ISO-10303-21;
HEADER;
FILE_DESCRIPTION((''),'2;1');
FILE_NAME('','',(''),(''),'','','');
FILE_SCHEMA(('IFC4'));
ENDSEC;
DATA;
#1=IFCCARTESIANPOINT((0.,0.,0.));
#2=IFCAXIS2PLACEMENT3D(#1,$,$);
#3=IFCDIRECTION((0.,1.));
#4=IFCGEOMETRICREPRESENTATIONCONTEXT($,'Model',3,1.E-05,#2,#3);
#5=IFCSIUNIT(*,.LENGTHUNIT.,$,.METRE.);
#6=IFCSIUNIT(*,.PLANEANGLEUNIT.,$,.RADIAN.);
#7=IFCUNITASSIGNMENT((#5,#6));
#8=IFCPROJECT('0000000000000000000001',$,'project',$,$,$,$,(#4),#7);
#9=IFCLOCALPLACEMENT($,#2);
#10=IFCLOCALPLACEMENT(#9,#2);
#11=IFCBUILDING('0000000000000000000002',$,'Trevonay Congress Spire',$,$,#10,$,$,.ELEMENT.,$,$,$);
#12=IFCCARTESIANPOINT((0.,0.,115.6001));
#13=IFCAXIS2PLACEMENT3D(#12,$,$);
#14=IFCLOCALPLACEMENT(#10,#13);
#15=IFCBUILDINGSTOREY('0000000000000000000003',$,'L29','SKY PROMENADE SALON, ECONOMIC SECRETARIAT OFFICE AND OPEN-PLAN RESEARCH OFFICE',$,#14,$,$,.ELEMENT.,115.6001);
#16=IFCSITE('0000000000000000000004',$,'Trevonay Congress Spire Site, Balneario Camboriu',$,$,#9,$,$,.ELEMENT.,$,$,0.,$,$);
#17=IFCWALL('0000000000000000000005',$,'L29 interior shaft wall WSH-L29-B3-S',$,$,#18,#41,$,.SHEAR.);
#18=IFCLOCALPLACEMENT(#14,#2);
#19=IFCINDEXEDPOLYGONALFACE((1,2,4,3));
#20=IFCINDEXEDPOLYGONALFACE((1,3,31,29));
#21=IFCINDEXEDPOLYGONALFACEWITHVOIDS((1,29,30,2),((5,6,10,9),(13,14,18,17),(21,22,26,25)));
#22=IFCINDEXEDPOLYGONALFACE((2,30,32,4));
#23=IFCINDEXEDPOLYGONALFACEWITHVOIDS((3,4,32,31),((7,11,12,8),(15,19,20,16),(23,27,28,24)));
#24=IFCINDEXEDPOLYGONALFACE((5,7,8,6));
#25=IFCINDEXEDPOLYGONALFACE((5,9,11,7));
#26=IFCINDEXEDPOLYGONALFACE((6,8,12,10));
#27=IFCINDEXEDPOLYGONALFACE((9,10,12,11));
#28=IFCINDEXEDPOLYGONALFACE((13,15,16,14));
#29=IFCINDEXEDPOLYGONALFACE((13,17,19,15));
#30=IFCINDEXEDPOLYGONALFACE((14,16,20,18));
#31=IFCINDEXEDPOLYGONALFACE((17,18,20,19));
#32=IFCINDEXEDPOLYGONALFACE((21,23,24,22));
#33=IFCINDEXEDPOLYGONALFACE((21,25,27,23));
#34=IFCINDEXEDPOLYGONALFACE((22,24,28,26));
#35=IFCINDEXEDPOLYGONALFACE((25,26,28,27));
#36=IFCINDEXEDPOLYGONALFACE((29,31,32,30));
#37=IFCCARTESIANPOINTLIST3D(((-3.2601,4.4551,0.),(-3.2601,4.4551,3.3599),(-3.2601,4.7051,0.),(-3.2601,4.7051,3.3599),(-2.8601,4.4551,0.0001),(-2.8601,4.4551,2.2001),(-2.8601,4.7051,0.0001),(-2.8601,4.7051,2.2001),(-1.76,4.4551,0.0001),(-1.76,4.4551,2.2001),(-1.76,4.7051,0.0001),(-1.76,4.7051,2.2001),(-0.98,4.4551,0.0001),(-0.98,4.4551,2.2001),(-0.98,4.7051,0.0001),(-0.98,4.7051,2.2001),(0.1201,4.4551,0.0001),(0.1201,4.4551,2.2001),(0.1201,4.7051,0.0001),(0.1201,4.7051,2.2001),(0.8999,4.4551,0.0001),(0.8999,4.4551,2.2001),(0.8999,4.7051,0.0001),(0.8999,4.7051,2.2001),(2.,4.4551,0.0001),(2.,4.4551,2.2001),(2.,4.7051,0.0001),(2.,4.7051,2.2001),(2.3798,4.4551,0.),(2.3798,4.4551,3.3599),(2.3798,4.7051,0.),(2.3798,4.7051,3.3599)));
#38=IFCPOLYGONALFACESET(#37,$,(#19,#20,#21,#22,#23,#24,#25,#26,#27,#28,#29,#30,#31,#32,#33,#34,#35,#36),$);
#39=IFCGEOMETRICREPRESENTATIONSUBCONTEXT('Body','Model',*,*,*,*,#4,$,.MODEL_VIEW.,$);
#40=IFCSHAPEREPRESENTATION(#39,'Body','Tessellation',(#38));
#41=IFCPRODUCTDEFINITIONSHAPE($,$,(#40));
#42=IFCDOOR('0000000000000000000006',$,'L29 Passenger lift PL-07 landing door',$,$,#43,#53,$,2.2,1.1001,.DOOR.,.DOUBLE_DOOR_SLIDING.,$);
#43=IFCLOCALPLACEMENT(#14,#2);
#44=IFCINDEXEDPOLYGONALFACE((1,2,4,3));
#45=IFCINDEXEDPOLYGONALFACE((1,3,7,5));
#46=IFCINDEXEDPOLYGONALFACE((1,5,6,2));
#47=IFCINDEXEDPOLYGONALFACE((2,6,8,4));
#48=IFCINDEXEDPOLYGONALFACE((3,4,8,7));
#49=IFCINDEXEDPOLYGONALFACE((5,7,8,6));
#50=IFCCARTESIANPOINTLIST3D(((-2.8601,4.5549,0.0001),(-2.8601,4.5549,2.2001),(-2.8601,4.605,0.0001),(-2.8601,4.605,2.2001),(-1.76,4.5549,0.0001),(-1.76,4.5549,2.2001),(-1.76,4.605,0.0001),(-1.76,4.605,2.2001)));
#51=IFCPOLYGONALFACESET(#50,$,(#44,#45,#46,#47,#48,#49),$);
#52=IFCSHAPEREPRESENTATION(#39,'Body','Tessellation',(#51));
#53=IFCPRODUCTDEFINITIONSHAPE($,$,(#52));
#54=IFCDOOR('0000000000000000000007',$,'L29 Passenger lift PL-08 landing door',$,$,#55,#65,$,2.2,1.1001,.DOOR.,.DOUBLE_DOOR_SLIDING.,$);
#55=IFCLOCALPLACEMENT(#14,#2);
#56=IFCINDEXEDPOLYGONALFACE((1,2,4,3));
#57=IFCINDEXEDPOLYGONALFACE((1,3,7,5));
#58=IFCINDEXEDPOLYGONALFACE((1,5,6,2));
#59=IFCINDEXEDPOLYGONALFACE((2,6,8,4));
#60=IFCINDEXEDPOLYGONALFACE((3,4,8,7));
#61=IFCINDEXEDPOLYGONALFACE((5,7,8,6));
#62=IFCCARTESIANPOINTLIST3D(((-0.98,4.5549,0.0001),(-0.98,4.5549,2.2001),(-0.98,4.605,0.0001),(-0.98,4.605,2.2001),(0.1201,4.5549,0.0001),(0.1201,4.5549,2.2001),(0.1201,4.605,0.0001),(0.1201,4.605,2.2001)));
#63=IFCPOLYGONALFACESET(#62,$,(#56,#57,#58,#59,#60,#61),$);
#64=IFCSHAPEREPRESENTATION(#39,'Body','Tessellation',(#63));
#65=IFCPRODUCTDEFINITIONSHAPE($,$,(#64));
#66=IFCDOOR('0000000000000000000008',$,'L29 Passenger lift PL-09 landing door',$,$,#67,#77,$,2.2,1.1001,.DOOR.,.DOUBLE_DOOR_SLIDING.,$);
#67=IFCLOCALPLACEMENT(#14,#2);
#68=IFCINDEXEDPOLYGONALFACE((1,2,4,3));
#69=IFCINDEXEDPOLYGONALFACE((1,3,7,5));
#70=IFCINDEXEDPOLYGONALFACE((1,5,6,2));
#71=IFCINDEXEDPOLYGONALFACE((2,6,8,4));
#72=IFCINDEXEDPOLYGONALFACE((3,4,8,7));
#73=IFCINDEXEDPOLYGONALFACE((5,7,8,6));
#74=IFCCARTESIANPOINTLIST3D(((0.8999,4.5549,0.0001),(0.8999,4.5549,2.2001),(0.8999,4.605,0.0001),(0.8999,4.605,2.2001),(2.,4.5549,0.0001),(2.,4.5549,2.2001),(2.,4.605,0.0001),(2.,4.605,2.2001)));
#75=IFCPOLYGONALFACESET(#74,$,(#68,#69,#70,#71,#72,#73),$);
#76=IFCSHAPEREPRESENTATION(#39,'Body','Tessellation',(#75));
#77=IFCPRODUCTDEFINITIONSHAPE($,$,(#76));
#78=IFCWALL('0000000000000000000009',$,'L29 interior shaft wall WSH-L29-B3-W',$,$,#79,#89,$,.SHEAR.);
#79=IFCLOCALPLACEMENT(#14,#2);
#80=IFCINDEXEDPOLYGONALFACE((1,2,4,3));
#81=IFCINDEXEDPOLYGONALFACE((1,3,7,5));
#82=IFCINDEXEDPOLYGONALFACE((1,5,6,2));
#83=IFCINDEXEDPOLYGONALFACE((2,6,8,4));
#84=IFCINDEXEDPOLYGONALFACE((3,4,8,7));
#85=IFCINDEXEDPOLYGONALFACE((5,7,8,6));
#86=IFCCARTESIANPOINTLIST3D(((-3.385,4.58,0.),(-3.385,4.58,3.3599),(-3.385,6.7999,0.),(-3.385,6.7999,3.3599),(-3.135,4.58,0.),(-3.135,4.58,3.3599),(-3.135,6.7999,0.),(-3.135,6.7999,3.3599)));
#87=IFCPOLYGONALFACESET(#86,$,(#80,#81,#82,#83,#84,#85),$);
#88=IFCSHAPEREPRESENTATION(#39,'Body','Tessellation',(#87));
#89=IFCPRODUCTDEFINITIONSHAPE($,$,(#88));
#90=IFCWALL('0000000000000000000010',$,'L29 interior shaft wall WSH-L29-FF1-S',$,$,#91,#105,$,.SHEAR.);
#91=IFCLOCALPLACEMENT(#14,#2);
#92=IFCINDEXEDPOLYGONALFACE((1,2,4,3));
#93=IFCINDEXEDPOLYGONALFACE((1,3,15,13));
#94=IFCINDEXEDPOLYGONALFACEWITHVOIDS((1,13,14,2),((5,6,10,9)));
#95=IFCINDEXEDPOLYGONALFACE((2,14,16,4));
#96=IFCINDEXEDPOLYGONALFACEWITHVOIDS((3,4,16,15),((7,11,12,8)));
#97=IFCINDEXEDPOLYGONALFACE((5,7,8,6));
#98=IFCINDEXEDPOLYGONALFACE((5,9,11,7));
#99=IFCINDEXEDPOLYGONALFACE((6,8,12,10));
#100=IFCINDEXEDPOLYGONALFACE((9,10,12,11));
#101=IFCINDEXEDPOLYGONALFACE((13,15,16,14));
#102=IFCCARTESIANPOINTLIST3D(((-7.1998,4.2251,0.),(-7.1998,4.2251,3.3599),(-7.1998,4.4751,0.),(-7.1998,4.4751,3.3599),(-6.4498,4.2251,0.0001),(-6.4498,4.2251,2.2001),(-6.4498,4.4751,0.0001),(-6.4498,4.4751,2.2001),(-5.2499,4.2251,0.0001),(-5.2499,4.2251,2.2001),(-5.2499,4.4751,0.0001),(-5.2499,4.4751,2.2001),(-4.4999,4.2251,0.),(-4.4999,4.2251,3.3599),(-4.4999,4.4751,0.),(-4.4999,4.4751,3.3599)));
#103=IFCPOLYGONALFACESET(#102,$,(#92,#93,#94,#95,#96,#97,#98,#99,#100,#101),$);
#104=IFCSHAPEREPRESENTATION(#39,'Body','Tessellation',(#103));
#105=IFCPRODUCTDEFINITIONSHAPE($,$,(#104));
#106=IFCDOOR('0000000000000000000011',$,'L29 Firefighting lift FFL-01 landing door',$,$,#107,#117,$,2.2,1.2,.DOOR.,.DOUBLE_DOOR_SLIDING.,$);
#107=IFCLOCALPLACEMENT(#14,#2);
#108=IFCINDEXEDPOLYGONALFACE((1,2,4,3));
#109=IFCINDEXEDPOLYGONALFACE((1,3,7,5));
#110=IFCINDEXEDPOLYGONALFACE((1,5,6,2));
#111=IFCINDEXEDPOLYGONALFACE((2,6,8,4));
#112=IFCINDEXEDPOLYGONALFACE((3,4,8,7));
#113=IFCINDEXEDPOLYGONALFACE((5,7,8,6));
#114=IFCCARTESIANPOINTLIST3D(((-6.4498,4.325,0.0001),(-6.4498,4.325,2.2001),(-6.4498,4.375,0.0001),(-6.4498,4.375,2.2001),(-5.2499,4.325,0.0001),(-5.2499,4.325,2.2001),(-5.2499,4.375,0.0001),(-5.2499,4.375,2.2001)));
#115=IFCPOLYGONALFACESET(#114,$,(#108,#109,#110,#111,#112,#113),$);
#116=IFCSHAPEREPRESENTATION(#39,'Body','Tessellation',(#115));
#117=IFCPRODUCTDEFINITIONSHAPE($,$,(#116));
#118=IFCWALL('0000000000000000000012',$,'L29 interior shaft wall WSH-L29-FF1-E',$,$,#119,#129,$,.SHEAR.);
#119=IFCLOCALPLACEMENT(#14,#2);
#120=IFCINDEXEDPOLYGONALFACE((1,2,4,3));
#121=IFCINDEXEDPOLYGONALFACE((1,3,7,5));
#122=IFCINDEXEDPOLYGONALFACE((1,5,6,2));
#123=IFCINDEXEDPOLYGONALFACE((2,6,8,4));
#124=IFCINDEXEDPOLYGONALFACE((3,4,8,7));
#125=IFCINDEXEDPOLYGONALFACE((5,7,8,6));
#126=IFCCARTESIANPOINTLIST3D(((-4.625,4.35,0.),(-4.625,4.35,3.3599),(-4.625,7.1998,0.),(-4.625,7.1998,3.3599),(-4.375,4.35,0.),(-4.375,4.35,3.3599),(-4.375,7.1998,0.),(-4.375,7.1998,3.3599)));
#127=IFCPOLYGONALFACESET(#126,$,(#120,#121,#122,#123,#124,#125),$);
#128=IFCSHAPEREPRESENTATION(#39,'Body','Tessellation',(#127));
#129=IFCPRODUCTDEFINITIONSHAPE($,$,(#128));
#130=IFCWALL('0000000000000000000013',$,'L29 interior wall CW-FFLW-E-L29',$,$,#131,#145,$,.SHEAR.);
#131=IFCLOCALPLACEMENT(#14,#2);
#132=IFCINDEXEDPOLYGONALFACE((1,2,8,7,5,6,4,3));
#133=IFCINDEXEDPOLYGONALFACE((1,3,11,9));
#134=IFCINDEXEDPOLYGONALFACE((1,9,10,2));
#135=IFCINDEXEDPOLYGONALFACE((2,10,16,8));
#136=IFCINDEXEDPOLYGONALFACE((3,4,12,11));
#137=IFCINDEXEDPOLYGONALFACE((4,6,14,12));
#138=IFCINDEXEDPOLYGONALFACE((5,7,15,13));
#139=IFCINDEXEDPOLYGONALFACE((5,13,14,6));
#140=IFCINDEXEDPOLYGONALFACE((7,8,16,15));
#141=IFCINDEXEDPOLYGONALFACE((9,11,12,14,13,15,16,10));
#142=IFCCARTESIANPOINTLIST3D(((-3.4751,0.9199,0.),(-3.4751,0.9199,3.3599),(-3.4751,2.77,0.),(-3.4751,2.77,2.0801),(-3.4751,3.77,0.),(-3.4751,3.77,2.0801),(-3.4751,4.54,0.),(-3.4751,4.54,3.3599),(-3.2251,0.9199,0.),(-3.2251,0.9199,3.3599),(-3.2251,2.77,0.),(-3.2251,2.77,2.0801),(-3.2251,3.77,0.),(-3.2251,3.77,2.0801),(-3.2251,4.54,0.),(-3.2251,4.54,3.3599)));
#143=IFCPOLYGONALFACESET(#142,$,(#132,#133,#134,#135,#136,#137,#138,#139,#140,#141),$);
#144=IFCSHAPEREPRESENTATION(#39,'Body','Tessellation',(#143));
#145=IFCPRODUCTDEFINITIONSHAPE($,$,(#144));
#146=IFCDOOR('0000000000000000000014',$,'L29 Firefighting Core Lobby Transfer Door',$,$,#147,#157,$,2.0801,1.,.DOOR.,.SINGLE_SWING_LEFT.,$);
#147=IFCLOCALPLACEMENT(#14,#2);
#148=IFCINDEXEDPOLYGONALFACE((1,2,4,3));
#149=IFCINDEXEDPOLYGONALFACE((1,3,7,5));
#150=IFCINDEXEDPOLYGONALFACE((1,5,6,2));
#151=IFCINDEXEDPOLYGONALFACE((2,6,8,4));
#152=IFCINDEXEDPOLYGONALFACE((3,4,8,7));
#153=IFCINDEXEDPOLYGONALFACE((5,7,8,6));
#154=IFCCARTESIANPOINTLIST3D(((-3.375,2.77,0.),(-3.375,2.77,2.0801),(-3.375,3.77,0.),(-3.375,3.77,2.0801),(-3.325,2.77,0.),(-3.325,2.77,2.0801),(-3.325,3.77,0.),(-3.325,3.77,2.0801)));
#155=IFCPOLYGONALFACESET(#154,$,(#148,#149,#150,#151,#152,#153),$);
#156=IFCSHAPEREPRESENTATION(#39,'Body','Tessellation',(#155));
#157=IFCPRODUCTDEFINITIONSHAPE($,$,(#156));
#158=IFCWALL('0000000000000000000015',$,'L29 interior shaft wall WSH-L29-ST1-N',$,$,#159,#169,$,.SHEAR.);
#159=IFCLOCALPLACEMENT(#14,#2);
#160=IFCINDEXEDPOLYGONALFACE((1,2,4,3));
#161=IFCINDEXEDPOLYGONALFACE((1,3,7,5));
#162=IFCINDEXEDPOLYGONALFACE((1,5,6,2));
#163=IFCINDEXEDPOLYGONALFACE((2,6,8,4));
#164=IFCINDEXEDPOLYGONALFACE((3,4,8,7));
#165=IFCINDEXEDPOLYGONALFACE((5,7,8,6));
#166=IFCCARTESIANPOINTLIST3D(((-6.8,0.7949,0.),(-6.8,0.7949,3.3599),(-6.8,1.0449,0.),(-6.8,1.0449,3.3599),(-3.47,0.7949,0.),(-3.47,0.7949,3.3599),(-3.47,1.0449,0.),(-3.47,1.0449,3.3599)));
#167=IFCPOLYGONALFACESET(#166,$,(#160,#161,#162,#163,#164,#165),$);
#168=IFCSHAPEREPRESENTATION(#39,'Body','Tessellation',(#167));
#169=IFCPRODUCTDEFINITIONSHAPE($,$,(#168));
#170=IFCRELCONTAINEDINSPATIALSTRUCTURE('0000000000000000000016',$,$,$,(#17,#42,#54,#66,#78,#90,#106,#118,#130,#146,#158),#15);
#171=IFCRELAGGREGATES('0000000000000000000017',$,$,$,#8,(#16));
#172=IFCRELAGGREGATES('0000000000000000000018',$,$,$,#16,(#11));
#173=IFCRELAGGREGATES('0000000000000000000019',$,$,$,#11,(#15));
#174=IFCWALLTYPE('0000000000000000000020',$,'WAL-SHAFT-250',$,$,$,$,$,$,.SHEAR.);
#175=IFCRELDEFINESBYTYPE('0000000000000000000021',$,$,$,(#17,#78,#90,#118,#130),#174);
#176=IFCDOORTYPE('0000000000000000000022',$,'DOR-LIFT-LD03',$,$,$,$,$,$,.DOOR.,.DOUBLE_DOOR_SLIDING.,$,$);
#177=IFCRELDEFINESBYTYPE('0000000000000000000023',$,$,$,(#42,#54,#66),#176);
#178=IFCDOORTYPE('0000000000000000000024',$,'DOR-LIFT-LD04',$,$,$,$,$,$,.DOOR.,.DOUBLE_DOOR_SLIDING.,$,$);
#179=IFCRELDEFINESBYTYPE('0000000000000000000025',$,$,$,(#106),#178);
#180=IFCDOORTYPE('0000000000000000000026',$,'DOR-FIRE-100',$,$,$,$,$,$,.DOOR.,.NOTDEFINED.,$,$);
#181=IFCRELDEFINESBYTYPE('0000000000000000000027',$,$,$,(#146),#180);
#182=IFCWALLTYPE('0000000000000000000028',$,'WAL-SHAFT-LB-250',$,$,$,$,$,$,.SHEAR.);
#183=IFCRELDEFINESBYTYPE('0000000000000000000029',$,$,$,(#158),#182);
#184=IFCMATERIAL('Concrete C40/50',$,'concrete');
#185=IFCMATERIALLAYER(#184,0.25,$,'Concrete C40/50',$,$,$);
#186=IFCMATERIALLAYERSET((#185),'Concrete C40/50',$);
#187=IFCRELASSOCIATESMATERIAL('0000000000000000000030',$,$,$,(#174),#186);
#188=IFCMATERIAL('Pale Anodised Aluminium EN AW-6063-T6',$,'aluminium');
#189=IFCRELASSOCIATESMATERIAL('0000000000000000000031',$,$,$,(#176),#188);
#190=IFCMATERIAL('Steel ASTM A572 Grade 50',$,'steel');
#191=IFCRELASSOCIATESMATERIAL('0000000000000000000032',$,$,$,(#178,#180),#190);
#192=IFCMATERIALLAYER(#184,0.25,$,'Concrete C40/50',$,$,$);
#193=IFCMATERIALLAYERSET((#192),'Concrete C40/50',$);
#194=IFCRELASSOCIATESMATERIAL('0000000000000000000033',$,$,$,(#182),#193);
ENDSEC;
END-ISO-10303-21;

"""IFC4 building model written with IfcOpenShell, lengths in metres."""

from ifc_helpers import new_model, si_unit, direction, frame, frame_2d, origin, place, context, subcontext, project, spatial, rectangle, extrude, material, layer, layer_set, type_object, element, fill, save


model = new_model("IFC4")

# Units and contexts
model_context = context("Model", 3, precision=1e-05, world=origin(), true_north=direction((0.0, 1.0)))
body_context = subcontext(model_context, "Body", "Model", "MODEL_VIEW")
ifc_project = project(units=[si_unit("LENGTHUNIT", "METRE"), si_unit("PLANEANGLEUNIT", "RADIAN")], contexts=[model_context])

# Site, building, storey
site_placement = place(None, origin())
site = spatial("IfcSite", under=ifc_project, at=site_placement, Name="Trevonay Congress Spire Site, Balneario Camboriu", CompositionType="ELEMENT", RefElevation=0.0)
building_placement = place(site_placement, origin())
building = spatial("IfcBuilding", under=site, at=building_placement, Name="Trevonay Congress Spire", CompositionType="ELEMENT")
storey_placement = place(building_placement, frame((0.0, 0.0, 115.6001)))
storey = spatial("IfcBuildingStorey", under=building, at=storey_placement, Name="L29", Description="SKY PROMENADE SALON, ECONOMIC SECRETARIAT OFFICE AND OPEN-PLAN RESEARCH OFFICE", CompositionType="ELEMENT", Elevation=115.6001)

# Shared definitions
ifc_material_1 = material(Name="Steel ASTM A572 Grade 50", Category="steel")

# Shared definitions
ifc_material_2 = material(Name="Concrete C40/50", Category="concrete")

# Wall, openings, doors
ifc_layer_1 = layer(ifc_material_2, 0.25, Name="Concrete C40/50")
ifc_layer_set_1 = layer_set([ifc_layer_1], Name="Concrete C40/50")
wall_type_1 = type_object("IfcWallType", Name="WAL-SHAFT-250", PredefinedType="SHEAR", material=ifc_layer_set_1)
ifc_material_3 = material(Name="Pale Anodised Aluminium EN AW-6063-T6", Category="aluminium")
wall_1_placement = place(storey_placement, frame((-3.26, 4.5801, 0.0), z_axis=(0.0, 0.0, 1.0), x_axis=(1.0, 0.0, 0.0)))
wall_1 = element("IfcWall", 1, at=wall_1_placement, inside=storey, type_object=wall_type_1, Name="L29 interior shaft wall WSH-L29-B3-S", PredefinedType="SHEAR", context=body_context, shape_type="SweptSolid", body=[
    extrude(rectangle(XDim=5.6399, YDim=0.25, at=frame_2d((2.8198, 0.0))), origin(), (0.0, 0.0, 1.0), 3.3599),
])
opening_1_placement = place(wall_1_placement, frame((0.3999, 0.0, 0.0)))
opening_1 = element("IfcOpeningElement", 2, at=opening_1_placement, cuts=wall_1, PredefinedType="OPENING", context=body_context, shape_type="SweptSolid", body=[
    extrude(rectangle(XDim=1.1001, YDim=2.2, at=frame_2d((0.55, 1.1001))), frame((0.0, 0.135, 0.0), z_axis=(0.0, -1.0, 0.0), x_axis=(1.0, 0.0, 0.0)), (0.0, 0.0, 1.0), 0.27),
])
opening_2_placement = place(wall_1_placement, frame((2.28, 0.0, 0.0)))
opening_2 = element("IfcOpeningElement", 3, at=opening_2_placement, cuts=wall_1, PredefinedType="OPENING", context=body_context, shape_type="SweptSolid", body=[
    extrude(rectangle(XDim=1.1001, YDim=2.2, at=frame_2d((0.55, 1.1001))), frame((0.0, 0.135, 0.0), z_axis=(0.0, -1.0, 0.0), x_axis=(1.0, 0.0, 0.0)), (0.0, 0.0, 1.0), 0.27),
])
opening_3_placement = place(wall_1_placement, frame((4.1599, 0.0, 0.0)))
opening_3 = element("IfcOpeningElement", 4, at=opening_3_placement, cuts=wall_1, PredefinedType="OPENING", context=body_context, shape_type="SweptSolid", body=[
    extrude(rectangle(XDim=1.1001, YDim=2.2, at=frame_2d((0.55, 1.1001))), frame((0.0, 0.135, 0.0), z_axis=(0.0, -1.0, 0.0), x_axis=(1.0, 0.0, 0.0)), (0.0, 0.0, 1.0), 0.27),
])
door_type_1 = type_object("IfcDoorType", Name="DOR-LIFT-LD03", OperationType="DOUBLE_DOOR_SLIDING", PredefinedType="DOOR", material=ifc_material_3)
door_1_placement = place(opening_1_placement, origin())
door_1 = element("IfcDoor", 5, at=door_1_placement, inside=storey, type_object=door_type_1, Name="L29 Passenger lift PL-07 landing door", OperationType="DOUBLE_DOOR_SLIDING", OverallHeight=2.2, OverallWidth=1.1001, PredefinedType="DOOR", context=body_context, shape_type="SweptSolid", body=[
    extrude(rectangle(XDim=1.1001, YDim=2.2, at=frame_2d((0.55, 1.1001))), frame((0.0, 0.0249, 0.0), z_axis=(0.0, -1.0, 0.0), x_axis=(1.0, 0.0, 0.0)), (0.0, 0.0, 1.0), 0.05),
])
fill(opening_1, door_1)
door_2_placement = place(opening_2_placement, origin())
door_2 = element("IfcDoor", 6, at=door_2_placement, inside=storey, type_object=door_type_1, Name="L29 Passenger lift PL-08 landing door", OperationType="DOUBLE_DOOR_SLIDING", OverallHeight=2.2, OverallWidth=1.1001, PredefinedType="DOOR", context=body_context, shape_type="SweptSolid", body=[
    extrude(rectangle(XDim=1.1001, YDim=2.2, at=frame_2d((0.55, 1.1001))), frame((0.0, 0.0249, 0.0), z_axis=(0.0, -1.0, 0.0), x_axis=(1.0, 0.0, 0.0)), (0.0, 0.0, 1.0), 0.05),
])
fill(opening_2, door_2)
door_3_placement = place(opening_3_placement, origin())
door_3 = element("IfcDoor", 7, at=door_3_placement, inside=storey, type_object=door_type_1, Name="L29 Passenger lift PL-09 landing door", OperationType="DOUBLE_DOOR_SLIDING", OverallHeight=2.2, OverallWidth=1.1001, PredefinedType="DOOR", context=body_context, shape_type="SweptSolid", body=[
    extrude(rectangle(XDim=1.1001, YDim=2.2, at=frame_2d((0.55, 1.1001))), frame((0.0, 0.0249, 0.0), z_axis=(0.0, -1.0, 0.0), x_axis=(1.0, 0.0, 0.0)), (0.0, 0.0, 1.0), 0.05),
])
fill(opening_3, door_3)

# Wall
wall_2_placement = place(storey_placement, frame((-3.26, 4.5801, 0.0), z_axis=(0.0, 0.0, 1.0), x_axis=(0.0, 1.0, 0.0)))
element("IfcWall", 8, at=wall_2_placement, inside=storey, type_object=wall_type_1, Name="L29 interior shaft wall WSH-L29-B3-W", PredefinedType="SHEAR", context=body_context, shape_type="SweptSolid", body=[
    extrude(rectangle(XDim=2.22, YDim=0.25, at=frame_2d((1.1099, 0.0))), origin(), (0.0, 0.0, 1.0), 3.3599),
])

# Wall, opening, door
wall_3_placement = place(storey_placement, frame((-7.2, 4.3501, 0.0), z_axis=(0.0, 0.0, 1.0), x_axis=(1.0, 0.0, 0.0)))
wall_3 = element("IfcWall", 9, at=wall_3_placement, inside=storey, type_object=wall_type_1, Name="L29 interior shaft wall WSH-L29-FF1-S", PredefinedType="SHEAR", context=body_context, shape_type="SweptSolid", body=[
    extrude(rectangle(XDim=2.7, YDim=0.25, at=frame_2d((1.3501, 0.0))), origin(), (0.0, 0.0, 1.0), 3.3599),
])
opening_4_placement = place(wall_3_placement, frame((0.75, 0.0, 0.0)))
opening_4 = element("IfcOpeningElement", 10, at=opening_4_placement, cuts=wall_3, PredefinedType="OPENING", context=body_context, shape_type="SweptSolid", body=[
    extrude(rectangle(XDim=1.2, YDim=2.2, at=frame_2d((0.6001, 1.1001))), frame((0.0, 0.135, 0.0), z_axis=(0.0, -1.0, 0.0), x_axis=(1.0, 0.0, 0.0)), (0.0, 0.0, 1.0), 0.27),
])
door_type_2 = type_object("IfcDoorType", Name="DOR-LIFT-LD04", OperationType="DOUBLE_DOOR_SLIDING", PredefinedType="DOOR", material=ifc_material_1)
door_4_placement = place(opening_4_placement, origin())
door_4 = element("IfcDoor", 11, at=door_4_placement, inside=storey, type_object=door_type_2, Name="L29 Firefighting lift FFL-01 landing door", OperationType="DOUBLE_DOOR_SLIDING", OverallHeight=2.2, OverallWidth=1.2, PredefinedType="DOOR", context=body_context, shape_type="SweptSolid", body=[
    extrude(rectangle(XDim=1.2, YDim=2.2, at=frame_2d((0.6001, 1.1001))), frame((0.0, 0.0249, 0.0), z_axis=(0.0, -1.0, 0.0), x_axis=(1.0, 0.0, 0.0)), (0.0, 0.0, 1.0), 0.05),
])
fill(opening_4, door_4)

# Wall
wall_4_placement = place(storey_placement, frame((-4.5, 4.3501, 0.0), z_axis=(0.0, 0.0, 1.0), x_axis=(0.0, 1.0, 0.0)))
element("IfcWall", 12, at=wall_4_placement, inside=storey, type_object=wall_type_1, Name="L29 interior shaft wall WSH-L29-FF1-E", PredefinedType="SHEAR", context=body_context, shape_type="SweptSolid", body=[
    extrude(rectangle(XDim=2.8499, YDim=0.25, at=frame_2d((1.4248, 0.0))), origin(), (0.0, 0.0, 1.0), 3.3599),
])

# Wall, opening, door
wall_5_placement = place(storey_placement, frame((-3.3501, 0.9199, 0.0), z_axis=(0.0, 0.0, 1.0), x_axis=(0.0, 1.0, 0.0)))
wall_5 = element("IfcWall", 13, at=wall_5_placement, inside=storey, type_object=wall_type_1, Name="L29 interior wall CW-FFLW-E-L29", PredefinedType="SHEAR", context=body_context, shape_type="SweptSolid", body=[
    extrude(rectangle(XDim=3.6201, YDim=0.25, at=frame_2d((1.8101, 0.0))), origin(), (0.0, 0.0, 1.0), 3.3599),
])
opening_5_placement = place(wall_5_placement, frame((1.8501, 0.0, 0.0)))
opening_5 = element("IfcOpeningElement", 14, at=opening_5_placement, cuts=wall_5, PredefinedType="OPENING", context=body_context, shape_type="SweptSolid", body=[
    extrude(rectangle(XDim=1.0, YDim=2.0801, at=frame_2d((0.5, 1.04))), frame((0.0, 0.135, 0.0), z_axis=(0.0, -1.0, 0.0), x_axis=(1.0, 0.0, 0.0)), (0.0, 0.0, 1.0), 0.27),
])
door_type_3 = type_object("IfcDoorType", Name="DOR-FIRE-100", OperationType="NOTDEFINED", PredefinedType="DOOR", material=ifc_material_1)
door_5_placement = place(opening_5_placement, origin())
door_5 = element("IfcDoor", 15, at=door_5_placement, inside=storey, type_object=door_type_3, Name="L29 Firefighting Core Lobby Transfer Door", OperationType="SINGLE_SWING_LEFT", OverallHeight=2.0801, OverallWidth=1.0, PredefinedType="DOOR", context=body_context, shape_type="SweptSolid", body=[
    extrude(rectangle(XDim=1.0, YDim=2.0801, at=frame_2d((0.5, 1.04))), frame((0.0, 0.0249, 0.0), z_axis=(0.0, -1.0, 0.0), x_axis=(1.0, 0.0, 0.0)), (0.0, 0.0, 1.0), 0.05),
])
fill(opening_5, door_5)

# Wall
ifc_layer_2 = layer(ifc_material_2, 0.25, Name="Concrete C40/50")
ifc_layer_set_2 = layer_set([ifc_layer_2], Name="Concrete C40/50")
wall_type_2 = type_object("IfcWallType", Name="WAL-SHAFT-LB-250", PredefinedType="SHEAR", material=ifc_layer_set_2)
wall_6_placement = place(storey_placement, frame((-6.8, 0.9199, 0.0), z_axis=(0.0, 0.0, 1.0), x_axis=(1.0, 0.0, 0.0)))
element("IfcWall", 16, at=wall_6_placement, inside=storey, type_object=wall_type_2, Name="L29 interior shaft wall WSH-L29-ST1-N", PredefinedType="SHEAR", context=body_context, shape_type="SweptSolid", body=[
    extrude(rectangle(XDim=3.3301, YDim=0.25, at=frame_2d((1.665, 0.0))), origin(), (0.0, 0.0, 1.0), 3.3599),
])

save(model, "model.ifc")
